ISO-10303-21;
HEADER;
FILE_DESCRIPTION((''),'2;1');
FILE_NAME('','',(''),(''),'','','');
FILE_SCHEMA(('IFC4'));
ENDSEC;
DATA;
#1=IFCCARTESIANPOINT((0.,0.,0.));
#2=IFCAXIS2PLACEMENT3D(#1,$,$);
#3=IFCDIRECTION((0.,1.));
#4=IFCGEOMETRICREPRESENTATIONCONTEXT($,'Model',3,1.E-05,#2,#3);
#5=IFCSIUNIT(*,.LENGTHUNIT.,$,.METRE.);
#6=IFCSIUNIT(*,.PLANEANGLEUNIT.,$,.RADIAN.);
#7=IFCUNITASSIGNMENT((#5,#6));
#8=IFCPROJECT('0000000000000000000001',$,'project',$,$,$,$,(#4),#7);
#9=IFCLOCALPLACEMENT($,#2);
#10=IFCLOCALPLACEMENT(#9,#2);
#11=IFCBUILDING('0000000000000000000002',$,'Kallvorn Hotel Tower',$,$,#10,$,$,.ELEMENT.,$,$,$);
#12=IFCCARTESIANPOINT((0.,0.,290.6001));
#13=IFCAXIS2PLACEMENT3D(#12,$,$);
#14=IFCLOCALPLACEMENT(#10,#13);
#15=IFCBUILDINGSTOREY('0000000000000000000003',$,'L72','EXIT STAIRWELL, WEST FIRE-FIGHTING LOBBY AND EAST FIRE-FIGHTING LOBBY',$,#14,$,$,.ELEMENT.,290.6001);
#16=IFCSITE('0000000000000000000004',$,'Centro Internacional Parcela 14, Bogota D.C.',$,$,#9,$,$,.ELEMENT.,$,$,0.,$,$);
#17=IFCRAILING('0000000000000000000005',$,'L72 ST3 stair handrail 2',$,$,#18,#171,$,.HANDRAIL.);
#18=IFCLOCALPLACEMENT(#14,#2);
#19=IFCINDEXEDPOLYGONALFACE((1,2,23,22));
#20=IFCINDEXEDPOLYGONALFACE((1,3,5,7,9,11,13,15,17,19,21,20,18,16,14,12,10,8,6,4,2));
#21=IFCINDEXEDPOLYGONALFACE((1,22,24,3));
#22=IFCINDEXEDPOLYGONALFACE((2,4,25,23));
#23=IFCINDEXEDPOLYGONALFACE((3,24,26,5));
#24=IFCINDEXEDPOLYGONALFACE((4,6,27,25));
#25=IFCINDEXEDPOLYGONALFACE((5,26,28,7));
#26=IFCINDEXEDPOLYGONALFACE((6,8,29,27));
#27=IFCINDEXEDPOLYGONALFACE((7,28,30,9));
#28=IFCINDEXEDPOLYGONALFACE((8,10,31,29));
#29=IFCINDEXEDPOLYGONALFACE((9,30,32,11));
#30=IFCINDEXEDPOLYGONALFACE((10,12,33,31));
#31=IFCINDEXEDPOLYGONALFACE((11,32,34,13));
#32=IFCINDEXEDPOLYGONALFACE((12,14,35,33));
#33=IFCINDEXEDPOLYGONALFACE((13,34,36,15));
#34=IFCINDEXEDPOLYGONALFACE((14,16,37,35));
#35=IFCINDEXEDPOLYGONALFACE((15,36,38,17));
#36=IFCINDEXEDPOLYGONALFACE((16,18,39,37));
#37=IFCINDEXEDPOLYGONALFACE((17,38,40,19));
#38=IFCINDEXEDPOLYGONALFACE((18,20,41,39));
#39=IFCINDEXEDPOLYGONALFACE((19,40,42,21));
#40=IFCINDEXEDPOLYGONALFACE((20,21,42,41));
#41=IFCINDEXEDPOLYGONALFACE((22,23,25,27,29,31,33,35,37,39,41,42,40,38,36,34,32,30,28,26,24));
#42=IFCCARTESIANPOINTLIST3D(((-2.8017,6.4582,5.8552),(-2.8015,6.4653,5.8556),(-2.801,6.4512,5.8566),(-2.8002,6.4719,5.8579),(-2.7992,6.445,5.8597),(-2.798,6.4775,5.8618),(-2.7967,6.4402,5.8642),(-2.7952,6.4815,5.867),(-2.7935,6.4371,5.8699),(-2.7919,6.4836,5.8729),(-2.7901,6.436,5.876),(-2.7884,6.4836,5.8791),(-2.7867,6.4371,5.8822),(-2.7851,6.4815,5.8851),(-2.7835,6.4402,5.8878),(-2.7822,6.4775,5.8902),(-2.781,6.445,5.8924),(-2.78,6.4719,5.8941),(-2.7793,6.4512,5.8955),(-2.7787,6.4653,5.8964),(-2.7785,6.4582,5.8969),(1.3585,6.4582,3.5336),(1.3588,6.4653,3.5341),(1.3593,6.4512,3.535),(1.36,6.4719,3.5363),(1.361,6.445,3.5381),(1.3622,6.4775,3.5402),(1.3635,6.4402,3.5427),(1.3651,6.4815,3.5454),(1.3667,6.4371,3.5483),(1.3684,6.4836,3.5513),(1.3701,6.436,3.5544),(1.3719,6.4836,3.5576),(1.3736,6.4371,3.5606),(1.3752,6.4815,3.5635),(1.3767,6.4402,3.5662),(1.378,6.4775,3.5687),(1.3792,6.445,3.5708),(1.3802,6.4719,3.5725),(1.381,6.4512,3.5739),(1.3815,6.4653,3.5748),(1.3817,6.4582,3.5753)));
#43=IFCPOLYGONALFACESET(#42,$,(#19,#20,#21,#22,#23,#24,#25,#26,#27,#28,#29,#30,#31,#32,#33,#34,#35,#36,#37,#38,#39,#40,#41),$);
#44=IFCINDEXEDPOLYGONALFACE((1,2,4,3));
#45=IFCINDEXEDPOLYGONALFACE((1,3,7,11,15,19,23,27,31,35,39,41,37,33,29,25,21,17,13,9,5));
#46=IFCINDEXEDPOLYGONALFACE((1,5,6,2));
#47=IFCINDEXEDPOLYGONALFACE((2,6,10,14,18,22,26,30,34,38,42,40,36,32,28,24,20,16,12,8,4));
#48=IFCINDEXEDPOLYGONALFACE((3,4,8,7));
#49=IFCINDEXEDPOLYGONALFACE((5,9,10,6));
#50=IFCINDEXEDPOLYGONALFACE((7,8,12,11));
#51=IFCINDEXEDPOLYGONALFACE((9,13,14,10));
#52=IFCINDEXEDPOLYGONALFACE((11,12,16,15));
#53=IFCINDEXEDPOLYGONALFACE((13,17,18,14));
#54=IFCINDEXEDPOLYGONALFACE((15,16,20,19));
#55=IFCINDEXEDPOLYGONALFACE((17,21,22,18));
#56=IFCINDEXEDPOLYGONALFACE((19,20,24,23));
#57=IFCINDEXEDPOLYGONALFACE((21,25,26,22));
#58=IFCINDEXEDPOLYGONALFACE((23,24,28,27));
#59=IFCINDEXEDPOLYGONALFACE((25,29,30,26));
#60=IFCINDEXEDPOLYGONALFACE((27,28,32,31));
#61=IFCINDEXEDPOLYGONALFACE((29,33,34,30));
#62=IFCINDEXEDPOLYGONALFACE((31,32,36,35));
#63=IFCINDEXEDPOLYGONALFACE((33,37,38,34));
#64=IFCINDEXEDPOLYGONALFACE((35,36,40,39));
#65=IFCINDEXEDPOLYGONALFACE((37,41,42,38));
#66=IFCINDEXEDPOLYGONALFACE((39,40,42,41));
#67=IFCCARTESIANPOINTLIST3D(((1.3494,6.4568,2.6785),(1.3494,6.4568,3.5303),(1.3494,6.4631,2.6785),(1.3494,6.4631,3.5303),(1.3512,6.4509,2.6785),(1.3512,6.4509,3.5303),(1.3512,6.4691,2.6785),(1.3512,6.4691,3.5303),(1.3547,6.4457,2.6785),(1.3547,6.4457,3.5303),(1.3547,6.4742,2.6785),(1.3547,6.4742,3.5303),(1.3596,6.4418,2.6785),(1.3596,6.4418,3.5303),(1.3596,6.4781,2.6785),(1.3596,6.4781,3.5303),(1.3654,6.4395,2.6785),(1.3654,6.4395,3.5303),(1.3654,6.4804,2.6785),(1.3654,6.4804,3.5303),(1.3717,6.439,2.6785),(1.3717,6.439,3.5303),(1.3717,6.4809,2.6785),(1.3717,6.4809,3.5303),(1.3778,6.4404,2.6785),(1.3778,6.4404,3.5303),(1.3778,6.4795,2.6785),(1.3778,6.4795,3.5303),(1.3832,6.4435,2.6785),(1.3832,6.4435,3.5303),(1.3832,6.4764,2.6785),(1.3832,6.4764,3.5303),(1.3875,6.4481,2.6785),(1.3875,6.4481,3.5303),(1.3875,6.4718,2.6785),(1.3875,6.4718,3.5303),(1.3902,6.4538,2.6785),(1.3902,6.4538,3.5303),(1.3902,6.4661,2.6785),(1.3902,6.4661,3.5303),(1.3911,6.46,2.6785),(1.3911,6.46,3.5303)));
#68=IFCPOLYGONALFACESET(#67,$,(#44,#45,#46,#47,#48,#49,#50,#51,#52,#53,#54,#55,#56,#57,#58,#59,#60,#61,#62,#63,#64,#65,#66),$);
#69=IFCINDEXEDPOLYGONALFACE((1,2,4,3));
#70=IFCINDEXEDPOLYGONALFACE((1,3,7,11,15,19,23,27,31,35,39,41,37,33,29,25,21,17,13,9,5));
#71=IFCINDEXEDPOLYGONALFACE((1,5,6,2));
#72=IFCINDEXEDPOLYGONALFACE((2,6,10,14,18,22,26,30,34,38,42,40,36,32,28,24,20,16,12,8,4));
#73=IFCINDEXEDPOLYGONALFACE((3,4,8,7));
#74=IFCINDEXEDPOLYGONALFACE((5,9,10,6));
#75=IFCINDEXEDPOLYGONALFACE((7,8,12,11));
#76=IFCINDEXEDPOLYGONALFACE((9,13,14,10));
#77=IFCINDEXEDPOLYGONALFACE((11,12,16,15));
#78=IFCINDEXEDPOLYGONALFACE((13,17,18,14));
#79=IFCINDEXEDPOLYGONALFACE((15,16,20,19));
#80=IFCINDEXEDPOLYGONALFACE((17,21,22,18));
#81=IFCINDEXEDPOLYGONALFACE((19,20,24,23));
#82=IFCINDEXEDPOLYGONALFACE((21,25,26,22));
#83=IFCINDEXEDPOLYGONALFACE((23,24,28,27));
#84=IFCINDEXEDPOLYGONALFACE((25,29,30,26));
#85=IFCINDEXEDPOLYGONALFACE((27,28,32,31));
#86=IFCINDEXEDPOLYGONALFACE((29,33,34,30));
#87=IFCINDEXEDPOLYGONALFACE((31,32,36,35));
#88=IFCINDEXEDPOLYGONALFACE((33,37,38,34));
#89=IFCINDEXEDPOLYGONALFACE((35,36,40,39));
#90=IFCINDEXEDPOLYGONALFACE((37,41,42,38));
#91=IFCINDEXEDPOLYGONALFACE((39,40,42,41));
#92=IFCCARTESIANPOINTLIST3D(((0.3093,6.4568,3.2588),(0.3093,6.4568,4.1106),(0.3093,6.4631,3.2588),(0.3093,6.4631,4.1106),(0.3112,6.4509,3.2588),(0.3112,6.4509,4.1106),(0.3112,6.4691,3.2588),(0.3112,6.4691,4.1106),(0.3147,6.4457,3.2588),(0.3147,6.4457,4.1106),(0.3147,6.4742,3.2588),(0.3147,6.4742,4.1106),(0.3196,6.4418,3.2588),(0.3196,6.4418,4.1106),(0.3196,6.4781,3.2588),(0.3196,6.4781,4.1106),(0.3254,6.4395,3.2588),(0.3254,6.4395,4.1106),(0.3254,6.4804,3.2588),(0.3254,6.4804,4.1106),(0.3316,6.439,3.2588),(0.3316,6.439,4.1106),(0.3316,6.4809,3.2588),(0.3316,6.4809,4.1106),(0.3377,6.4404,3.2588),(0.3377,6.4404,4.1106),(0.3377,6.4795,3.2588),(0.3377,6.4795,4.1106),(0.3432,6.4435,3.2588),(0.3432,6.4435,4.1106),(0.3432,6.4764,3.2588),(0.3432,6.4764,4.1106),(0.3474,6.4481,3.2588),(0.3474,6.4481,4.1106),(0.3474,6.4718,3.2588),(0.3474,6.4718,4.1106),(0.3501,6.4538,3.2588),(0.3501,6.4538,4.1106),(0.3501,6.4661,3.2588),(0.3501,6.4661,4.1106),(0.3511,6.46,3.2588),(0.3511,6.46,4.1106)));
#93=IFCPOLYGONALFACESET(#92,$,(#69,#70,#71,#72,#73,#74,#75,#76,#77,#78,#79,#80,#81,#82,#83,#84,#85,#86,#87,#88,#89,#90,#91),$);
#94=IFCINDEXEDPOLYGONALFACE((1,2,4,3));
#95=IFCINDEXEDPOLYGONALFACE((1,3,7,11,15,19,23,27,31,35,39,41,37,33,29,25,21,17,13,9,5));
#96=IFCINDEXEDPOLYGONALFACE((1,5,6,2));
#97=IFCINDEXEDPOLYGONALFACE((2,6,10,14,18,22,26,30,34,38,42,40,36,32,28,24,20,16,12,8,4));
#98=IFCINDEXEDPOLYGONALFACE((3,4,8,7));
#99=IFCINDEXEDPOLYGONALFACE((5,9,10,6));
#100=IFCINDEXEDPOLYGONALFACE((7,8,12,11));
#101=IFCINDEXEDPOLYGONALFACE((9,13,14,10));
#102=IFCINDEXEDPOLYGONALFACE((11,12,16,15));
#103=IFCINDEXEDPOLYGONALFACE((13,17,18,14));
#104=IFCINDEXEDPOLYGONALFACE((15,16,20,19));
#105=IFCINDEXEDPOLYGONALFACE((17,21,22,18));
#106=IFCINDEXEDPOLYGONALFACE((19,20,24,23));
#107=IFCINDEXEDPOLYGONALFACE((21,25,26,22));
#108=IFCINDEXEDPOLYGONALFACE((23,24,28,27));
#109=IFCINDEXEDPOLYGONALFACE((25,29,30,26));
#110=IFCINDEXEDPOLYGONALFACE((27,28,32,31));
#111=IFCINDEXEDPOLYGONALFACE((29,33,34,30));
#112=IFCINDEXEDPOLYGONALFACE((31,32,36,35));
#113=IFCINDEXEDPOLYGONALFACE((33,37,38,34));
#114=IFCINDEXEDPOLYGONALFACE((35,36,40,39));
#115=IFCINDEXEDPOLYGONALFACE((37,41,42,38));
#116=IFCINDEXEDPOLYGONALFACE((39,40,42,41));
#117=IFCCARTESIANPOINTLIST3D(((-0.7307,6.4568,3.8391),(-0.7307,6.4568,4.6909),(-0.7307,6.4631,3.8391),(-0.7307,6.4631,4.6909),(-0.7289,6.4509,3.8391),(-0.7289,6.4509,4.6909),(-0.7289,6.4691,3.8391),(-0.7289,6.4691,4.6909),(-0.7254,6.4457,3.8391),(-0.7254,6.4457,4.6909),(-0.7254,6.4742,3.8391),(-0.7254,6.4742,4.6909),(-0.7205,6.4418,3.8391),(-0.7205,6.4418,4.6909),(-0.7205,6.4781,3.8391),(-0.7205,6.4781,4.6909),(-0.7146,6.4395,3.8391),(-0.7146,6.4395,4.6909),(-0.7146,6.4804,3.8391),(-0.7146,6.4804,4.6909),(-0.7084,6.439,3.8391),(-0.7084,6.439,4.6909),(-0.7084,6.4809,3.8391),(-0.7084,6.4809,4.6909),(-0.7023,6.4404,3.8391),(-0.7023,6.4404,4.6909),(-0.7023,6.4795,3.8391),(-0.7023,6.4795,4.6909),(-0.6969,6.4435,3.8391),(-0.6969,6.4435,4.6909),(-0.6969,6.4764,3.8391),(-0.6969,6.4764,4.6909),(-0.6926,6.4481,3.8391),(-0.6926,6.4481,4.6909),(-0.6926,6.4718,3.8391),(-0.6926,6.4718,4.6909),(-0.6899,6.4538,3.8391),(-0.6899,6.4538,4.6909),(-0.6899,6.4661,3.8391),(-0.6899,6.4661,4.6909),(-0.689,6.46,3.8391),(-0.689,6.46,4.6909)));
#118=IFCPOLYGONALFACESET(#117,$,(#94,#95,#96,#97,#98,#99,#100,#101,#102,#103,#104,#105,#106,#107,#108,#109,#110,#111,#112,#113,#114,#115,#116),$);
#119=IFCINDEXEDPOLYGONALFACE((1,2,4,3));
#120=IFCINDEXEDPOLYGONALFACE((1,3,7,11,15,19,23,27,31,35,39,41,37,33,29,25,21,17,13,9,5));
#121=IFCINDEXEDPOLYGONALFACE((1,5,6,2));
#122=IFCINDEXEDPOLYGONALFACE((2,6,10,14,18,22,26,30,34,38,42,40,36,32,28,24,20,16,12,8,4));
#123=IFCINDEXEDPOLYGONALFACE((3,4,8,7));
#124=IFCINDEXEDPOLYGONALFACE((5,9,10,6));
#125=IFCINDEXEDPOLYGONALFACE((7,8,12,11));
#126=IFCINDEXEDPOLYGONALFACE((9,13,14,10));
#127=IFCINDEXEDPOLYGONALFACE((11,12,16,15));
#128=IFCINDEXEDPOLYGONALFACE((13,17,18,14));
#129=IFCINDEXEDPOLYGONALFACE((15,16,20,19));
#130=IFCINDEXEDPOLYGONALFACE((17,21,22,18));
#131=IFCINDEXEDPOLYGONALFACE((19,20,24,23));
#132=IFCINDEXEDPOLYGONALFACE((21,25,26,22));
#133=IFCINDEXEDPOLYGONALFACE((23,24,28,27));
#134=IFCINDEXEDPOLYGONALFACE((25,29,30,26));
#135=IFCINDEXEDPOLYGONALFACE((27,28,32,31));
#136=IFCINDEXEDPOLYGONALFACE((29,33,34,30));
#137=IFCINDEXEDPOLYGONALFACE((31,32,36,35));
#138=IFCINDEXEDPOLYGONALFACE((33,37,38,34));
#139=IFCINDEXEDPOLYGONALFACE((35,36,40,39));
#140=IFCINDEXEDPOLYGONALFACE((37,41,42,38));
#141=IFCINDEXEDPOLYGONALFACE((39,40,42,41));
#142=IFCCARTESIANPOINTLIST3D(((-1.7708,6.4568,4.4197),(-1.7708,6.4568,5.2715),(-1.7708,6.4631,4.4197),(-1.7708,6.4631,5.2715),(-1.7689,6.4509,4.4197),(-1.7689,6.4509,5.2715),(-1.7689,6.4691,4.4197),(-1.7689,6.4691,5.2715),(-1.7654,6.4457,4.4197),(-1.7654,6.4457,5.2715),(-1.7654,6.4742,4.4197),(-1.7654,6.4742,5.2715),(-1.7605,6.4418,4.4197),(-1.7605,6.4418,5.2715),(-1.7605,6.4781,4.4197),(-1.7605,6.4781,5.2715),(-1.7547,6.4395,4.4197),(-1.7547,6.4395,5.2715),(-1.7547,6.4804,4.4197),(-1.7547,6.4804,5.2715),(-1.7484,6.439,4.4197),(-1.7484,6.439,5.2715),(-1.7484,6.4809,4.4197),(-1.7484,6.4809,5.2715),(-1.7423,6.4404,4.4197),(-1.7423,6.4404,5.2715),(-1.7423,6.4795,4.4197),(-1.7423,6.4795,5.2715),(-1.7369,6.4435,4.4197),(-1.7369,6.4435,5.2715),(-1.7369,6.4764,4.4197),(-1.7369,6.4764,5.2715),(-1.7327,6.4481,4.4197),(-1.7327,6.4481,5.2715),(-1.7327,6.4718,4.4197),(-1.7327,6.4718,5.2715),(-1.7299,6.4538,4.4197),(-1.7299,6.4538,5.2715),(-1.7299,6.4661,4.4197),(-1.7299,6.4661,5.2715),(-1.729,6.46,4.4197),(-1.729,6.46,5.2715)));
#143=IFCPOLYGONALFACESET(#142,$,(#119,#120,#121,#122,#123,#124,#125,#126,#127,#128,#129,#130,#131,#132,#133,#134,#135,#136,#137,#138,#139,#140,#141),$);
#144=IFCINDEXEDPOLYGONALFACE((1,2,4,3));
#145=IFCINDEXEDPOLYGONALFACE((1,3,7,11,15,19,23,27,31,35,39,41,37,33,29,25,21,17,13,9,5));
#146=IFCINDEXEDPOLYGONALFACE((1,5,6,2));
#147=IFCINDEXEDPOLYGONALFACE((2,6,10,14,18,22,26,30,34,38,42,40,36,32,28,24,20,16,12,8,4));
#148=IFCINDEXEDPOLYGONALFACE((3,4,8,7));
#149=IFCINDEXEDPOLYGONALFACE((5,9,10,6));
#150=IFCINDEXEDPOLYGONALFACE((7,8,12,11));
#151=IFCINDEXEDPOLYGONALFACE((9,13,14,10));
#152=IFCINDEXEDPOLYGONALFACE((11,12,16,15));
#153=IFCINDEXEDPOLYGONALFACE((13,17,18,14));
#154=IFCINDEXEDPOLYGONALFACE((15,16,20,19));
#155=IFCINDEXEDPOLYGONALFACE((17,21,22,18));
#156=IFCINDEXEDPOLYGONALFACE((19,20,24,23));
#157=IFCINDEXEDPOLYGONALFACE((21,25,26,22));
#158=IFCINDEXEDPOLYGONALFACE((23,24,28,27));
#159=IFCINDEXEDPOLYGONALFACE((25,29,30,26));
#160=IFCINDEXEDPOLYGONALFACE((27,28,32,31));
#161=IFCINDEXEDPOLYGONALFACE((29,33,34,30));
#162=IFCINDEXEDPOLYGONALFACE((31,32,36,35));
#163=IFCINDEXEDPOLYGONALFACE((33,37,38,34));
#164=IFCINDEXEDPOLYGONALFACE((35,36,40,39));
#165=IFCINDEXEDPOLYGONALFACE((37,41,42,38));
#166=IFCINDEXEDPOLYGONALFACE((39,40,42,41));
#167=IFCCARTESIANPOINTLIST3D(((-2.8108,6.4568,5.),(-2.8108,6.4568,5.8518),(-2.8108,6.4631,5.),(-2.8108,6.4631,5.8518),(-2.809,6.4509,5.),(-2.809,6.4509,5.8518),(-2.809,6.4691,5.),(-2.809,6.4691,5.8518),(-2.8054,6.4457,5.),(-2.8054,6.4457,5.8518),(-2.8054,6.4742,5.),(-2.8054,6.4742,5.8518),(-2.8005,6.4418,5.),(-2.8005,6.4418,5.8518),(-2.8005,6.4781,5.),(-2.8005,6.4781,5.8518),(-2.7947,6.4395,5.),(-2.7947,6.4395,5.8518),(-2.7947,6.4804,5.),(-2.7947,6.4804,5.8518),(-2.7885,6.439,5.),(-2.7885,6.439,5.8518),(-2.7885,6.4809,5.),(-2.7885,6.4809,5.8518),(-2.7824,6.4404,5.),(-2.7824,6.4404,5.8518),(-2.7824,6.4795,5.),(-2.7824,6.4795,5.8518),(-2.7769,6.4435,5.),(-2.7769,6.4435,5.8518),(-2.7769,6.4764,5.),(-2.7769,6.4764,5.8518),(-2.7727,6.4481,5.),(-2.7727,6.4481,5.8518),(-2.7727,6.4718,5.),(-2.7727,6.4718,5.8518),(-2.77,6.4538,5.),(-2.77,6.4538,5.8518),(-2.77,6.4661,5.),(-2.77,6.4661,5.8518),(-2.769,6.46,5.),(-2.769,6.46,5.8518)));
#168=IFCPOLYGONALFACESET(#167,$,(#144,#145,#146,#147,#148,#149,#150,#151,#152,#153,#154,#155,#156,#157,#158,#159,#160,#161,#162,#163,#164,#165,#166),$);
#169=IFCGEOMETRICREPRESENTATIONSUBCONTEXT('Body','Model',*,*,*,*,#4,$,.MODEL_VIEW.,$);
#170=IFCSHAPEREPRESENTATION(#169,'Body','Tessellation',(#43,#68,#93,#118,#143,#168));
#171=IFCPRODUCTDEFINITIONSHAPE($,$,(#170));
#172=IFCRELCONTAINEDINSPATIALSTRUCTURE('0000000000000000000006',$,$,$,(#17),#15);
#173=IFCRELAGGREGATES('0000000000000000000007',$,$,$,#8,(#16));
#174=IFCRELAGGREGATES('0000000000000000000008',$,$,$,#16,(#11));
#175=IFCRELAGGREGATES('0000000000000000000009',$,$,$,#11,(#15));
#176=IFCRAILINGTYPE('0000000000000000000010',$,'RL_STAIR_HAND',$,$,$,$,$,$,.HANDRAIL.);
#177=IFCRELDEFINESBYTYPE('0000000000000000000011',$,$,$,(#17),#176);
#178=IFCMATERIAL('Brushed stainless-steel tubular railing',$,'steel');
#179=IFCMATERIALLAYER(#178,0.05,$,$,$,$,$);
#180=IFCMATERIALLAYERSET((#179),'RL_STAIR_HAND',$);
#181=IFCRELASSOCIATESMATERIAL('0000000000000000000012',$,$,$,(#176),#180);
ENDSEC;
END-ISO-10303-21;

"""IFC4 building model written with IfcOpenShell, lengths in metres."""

from ifc_helpers import new_model, si_unit, direction, frame, origin, origin_2d, place, context, subcontext, project, spatial, circle, extrude, material, layer, layer_set, type_object, element, save


model = new_model("IFC4")

# Units and contexts
model_context = context("Model", 3, precision=1e-05, world=origin(), true_north=direction((0.0, 1.0)))
body_context = subcontext(model_context, "Body", "Model", "MODEL_VIEW")
ifc_project = project(units=[si_unit("LENGTHUNIT", "METRE"), si_unit("PLANEANGLEUNIT", "RADIAN")], contexts=[model_context])

# Site, building, storey
site_placement = place(None, origin())
site = spatial("IfcSite", under=ifc_project, at=site_placement, Name="Centro Internacional Parcela 14, Bogota D.C.", CompositionType="ELEMENT", RefElevation=0.0)
building_placement = place(site_placement, origin())
building = spatial("IfcBuilding", under=site, at=building_placement, Name="Kallvorn Hotel Tower", CompositionType="ELEMENT")
storey_placement = place(building_placement, frame((0.0, 0.0, 290.6001)))
storey = spatial("IfcBuildingStorey", under=building, at=storey_placement, Name="L72", Description="EXIT STAIRWELL, WEST FIRE-FIGHTING LOBBY AND EAST FIRE-FIGHTING LOBBY", CompositionType="ELEMENT", Elevation=290.6001)

# Railing
ifc_material_1 = material(Name="Brushed stainless-steel tubular railing", Category="steel")
ifc_layer_1 = layer(ifc_material_1, 0.05)
ifc_layer_set_1 = layer_set([ifc_layer_1], Name="RL_STAIR_HAND")
railing_type_1 = type_object("IfcRailingType", Name="RL_STAIR_HAND", PredefinedType="HANDRAIL", material=ifc_layer_set_1)
railing_1_placement = place(storey_placement, frame((1.3701, 6.46, 2.6785)))
element("IfcRailing", 1, at=railing_1_placement, inside=storey, type_object=railing_type_1, Name="L72 ST3 stair handrail 2", PredefinedType="HANDRAIL", context=body_context, shape_type="SweptSolid", body=[
    extrude(circle(Radius=0.0239, at=origin_2d()), frame((0.0, 0.0, 0.876), z_axis=(-0.873235, 0.0, 0.4873), x_axis=(0.0, -1.0, 0.0)), (0.0, 0.0, 1.0), 4.7642),
    extrude(circle(Radius=0.021, at=origin_2d()), origin(), (0.0, 0.0, 1.0), 0.8518),
    extrude(circle(Radius=0.021, at=origin_2d()), frame((-1.04, 0.0, 0.5803)), (0.0, 0.0, 1.0), 0.8518),
    extrude(circle(Radius=0.021, at=origin_2d()), frame((-2.0801, 0.0, 1.1606)), (0.0, 0.0, 1.0), 0.8518),
    extrude(circle(Radius=0.021, at=origin_2d()), frame((-3.1201, 0.0, 1.7412)), (0.0, 0.0, 1.0), 0.8518),
    extrude(circle(Radius=0.021, at=origin_2d()), frame((-4.1602, 0.0, 2.3215)), (0.0, 0.0, 1.0), 0.8518),
])

save(model, "model.ifc")
